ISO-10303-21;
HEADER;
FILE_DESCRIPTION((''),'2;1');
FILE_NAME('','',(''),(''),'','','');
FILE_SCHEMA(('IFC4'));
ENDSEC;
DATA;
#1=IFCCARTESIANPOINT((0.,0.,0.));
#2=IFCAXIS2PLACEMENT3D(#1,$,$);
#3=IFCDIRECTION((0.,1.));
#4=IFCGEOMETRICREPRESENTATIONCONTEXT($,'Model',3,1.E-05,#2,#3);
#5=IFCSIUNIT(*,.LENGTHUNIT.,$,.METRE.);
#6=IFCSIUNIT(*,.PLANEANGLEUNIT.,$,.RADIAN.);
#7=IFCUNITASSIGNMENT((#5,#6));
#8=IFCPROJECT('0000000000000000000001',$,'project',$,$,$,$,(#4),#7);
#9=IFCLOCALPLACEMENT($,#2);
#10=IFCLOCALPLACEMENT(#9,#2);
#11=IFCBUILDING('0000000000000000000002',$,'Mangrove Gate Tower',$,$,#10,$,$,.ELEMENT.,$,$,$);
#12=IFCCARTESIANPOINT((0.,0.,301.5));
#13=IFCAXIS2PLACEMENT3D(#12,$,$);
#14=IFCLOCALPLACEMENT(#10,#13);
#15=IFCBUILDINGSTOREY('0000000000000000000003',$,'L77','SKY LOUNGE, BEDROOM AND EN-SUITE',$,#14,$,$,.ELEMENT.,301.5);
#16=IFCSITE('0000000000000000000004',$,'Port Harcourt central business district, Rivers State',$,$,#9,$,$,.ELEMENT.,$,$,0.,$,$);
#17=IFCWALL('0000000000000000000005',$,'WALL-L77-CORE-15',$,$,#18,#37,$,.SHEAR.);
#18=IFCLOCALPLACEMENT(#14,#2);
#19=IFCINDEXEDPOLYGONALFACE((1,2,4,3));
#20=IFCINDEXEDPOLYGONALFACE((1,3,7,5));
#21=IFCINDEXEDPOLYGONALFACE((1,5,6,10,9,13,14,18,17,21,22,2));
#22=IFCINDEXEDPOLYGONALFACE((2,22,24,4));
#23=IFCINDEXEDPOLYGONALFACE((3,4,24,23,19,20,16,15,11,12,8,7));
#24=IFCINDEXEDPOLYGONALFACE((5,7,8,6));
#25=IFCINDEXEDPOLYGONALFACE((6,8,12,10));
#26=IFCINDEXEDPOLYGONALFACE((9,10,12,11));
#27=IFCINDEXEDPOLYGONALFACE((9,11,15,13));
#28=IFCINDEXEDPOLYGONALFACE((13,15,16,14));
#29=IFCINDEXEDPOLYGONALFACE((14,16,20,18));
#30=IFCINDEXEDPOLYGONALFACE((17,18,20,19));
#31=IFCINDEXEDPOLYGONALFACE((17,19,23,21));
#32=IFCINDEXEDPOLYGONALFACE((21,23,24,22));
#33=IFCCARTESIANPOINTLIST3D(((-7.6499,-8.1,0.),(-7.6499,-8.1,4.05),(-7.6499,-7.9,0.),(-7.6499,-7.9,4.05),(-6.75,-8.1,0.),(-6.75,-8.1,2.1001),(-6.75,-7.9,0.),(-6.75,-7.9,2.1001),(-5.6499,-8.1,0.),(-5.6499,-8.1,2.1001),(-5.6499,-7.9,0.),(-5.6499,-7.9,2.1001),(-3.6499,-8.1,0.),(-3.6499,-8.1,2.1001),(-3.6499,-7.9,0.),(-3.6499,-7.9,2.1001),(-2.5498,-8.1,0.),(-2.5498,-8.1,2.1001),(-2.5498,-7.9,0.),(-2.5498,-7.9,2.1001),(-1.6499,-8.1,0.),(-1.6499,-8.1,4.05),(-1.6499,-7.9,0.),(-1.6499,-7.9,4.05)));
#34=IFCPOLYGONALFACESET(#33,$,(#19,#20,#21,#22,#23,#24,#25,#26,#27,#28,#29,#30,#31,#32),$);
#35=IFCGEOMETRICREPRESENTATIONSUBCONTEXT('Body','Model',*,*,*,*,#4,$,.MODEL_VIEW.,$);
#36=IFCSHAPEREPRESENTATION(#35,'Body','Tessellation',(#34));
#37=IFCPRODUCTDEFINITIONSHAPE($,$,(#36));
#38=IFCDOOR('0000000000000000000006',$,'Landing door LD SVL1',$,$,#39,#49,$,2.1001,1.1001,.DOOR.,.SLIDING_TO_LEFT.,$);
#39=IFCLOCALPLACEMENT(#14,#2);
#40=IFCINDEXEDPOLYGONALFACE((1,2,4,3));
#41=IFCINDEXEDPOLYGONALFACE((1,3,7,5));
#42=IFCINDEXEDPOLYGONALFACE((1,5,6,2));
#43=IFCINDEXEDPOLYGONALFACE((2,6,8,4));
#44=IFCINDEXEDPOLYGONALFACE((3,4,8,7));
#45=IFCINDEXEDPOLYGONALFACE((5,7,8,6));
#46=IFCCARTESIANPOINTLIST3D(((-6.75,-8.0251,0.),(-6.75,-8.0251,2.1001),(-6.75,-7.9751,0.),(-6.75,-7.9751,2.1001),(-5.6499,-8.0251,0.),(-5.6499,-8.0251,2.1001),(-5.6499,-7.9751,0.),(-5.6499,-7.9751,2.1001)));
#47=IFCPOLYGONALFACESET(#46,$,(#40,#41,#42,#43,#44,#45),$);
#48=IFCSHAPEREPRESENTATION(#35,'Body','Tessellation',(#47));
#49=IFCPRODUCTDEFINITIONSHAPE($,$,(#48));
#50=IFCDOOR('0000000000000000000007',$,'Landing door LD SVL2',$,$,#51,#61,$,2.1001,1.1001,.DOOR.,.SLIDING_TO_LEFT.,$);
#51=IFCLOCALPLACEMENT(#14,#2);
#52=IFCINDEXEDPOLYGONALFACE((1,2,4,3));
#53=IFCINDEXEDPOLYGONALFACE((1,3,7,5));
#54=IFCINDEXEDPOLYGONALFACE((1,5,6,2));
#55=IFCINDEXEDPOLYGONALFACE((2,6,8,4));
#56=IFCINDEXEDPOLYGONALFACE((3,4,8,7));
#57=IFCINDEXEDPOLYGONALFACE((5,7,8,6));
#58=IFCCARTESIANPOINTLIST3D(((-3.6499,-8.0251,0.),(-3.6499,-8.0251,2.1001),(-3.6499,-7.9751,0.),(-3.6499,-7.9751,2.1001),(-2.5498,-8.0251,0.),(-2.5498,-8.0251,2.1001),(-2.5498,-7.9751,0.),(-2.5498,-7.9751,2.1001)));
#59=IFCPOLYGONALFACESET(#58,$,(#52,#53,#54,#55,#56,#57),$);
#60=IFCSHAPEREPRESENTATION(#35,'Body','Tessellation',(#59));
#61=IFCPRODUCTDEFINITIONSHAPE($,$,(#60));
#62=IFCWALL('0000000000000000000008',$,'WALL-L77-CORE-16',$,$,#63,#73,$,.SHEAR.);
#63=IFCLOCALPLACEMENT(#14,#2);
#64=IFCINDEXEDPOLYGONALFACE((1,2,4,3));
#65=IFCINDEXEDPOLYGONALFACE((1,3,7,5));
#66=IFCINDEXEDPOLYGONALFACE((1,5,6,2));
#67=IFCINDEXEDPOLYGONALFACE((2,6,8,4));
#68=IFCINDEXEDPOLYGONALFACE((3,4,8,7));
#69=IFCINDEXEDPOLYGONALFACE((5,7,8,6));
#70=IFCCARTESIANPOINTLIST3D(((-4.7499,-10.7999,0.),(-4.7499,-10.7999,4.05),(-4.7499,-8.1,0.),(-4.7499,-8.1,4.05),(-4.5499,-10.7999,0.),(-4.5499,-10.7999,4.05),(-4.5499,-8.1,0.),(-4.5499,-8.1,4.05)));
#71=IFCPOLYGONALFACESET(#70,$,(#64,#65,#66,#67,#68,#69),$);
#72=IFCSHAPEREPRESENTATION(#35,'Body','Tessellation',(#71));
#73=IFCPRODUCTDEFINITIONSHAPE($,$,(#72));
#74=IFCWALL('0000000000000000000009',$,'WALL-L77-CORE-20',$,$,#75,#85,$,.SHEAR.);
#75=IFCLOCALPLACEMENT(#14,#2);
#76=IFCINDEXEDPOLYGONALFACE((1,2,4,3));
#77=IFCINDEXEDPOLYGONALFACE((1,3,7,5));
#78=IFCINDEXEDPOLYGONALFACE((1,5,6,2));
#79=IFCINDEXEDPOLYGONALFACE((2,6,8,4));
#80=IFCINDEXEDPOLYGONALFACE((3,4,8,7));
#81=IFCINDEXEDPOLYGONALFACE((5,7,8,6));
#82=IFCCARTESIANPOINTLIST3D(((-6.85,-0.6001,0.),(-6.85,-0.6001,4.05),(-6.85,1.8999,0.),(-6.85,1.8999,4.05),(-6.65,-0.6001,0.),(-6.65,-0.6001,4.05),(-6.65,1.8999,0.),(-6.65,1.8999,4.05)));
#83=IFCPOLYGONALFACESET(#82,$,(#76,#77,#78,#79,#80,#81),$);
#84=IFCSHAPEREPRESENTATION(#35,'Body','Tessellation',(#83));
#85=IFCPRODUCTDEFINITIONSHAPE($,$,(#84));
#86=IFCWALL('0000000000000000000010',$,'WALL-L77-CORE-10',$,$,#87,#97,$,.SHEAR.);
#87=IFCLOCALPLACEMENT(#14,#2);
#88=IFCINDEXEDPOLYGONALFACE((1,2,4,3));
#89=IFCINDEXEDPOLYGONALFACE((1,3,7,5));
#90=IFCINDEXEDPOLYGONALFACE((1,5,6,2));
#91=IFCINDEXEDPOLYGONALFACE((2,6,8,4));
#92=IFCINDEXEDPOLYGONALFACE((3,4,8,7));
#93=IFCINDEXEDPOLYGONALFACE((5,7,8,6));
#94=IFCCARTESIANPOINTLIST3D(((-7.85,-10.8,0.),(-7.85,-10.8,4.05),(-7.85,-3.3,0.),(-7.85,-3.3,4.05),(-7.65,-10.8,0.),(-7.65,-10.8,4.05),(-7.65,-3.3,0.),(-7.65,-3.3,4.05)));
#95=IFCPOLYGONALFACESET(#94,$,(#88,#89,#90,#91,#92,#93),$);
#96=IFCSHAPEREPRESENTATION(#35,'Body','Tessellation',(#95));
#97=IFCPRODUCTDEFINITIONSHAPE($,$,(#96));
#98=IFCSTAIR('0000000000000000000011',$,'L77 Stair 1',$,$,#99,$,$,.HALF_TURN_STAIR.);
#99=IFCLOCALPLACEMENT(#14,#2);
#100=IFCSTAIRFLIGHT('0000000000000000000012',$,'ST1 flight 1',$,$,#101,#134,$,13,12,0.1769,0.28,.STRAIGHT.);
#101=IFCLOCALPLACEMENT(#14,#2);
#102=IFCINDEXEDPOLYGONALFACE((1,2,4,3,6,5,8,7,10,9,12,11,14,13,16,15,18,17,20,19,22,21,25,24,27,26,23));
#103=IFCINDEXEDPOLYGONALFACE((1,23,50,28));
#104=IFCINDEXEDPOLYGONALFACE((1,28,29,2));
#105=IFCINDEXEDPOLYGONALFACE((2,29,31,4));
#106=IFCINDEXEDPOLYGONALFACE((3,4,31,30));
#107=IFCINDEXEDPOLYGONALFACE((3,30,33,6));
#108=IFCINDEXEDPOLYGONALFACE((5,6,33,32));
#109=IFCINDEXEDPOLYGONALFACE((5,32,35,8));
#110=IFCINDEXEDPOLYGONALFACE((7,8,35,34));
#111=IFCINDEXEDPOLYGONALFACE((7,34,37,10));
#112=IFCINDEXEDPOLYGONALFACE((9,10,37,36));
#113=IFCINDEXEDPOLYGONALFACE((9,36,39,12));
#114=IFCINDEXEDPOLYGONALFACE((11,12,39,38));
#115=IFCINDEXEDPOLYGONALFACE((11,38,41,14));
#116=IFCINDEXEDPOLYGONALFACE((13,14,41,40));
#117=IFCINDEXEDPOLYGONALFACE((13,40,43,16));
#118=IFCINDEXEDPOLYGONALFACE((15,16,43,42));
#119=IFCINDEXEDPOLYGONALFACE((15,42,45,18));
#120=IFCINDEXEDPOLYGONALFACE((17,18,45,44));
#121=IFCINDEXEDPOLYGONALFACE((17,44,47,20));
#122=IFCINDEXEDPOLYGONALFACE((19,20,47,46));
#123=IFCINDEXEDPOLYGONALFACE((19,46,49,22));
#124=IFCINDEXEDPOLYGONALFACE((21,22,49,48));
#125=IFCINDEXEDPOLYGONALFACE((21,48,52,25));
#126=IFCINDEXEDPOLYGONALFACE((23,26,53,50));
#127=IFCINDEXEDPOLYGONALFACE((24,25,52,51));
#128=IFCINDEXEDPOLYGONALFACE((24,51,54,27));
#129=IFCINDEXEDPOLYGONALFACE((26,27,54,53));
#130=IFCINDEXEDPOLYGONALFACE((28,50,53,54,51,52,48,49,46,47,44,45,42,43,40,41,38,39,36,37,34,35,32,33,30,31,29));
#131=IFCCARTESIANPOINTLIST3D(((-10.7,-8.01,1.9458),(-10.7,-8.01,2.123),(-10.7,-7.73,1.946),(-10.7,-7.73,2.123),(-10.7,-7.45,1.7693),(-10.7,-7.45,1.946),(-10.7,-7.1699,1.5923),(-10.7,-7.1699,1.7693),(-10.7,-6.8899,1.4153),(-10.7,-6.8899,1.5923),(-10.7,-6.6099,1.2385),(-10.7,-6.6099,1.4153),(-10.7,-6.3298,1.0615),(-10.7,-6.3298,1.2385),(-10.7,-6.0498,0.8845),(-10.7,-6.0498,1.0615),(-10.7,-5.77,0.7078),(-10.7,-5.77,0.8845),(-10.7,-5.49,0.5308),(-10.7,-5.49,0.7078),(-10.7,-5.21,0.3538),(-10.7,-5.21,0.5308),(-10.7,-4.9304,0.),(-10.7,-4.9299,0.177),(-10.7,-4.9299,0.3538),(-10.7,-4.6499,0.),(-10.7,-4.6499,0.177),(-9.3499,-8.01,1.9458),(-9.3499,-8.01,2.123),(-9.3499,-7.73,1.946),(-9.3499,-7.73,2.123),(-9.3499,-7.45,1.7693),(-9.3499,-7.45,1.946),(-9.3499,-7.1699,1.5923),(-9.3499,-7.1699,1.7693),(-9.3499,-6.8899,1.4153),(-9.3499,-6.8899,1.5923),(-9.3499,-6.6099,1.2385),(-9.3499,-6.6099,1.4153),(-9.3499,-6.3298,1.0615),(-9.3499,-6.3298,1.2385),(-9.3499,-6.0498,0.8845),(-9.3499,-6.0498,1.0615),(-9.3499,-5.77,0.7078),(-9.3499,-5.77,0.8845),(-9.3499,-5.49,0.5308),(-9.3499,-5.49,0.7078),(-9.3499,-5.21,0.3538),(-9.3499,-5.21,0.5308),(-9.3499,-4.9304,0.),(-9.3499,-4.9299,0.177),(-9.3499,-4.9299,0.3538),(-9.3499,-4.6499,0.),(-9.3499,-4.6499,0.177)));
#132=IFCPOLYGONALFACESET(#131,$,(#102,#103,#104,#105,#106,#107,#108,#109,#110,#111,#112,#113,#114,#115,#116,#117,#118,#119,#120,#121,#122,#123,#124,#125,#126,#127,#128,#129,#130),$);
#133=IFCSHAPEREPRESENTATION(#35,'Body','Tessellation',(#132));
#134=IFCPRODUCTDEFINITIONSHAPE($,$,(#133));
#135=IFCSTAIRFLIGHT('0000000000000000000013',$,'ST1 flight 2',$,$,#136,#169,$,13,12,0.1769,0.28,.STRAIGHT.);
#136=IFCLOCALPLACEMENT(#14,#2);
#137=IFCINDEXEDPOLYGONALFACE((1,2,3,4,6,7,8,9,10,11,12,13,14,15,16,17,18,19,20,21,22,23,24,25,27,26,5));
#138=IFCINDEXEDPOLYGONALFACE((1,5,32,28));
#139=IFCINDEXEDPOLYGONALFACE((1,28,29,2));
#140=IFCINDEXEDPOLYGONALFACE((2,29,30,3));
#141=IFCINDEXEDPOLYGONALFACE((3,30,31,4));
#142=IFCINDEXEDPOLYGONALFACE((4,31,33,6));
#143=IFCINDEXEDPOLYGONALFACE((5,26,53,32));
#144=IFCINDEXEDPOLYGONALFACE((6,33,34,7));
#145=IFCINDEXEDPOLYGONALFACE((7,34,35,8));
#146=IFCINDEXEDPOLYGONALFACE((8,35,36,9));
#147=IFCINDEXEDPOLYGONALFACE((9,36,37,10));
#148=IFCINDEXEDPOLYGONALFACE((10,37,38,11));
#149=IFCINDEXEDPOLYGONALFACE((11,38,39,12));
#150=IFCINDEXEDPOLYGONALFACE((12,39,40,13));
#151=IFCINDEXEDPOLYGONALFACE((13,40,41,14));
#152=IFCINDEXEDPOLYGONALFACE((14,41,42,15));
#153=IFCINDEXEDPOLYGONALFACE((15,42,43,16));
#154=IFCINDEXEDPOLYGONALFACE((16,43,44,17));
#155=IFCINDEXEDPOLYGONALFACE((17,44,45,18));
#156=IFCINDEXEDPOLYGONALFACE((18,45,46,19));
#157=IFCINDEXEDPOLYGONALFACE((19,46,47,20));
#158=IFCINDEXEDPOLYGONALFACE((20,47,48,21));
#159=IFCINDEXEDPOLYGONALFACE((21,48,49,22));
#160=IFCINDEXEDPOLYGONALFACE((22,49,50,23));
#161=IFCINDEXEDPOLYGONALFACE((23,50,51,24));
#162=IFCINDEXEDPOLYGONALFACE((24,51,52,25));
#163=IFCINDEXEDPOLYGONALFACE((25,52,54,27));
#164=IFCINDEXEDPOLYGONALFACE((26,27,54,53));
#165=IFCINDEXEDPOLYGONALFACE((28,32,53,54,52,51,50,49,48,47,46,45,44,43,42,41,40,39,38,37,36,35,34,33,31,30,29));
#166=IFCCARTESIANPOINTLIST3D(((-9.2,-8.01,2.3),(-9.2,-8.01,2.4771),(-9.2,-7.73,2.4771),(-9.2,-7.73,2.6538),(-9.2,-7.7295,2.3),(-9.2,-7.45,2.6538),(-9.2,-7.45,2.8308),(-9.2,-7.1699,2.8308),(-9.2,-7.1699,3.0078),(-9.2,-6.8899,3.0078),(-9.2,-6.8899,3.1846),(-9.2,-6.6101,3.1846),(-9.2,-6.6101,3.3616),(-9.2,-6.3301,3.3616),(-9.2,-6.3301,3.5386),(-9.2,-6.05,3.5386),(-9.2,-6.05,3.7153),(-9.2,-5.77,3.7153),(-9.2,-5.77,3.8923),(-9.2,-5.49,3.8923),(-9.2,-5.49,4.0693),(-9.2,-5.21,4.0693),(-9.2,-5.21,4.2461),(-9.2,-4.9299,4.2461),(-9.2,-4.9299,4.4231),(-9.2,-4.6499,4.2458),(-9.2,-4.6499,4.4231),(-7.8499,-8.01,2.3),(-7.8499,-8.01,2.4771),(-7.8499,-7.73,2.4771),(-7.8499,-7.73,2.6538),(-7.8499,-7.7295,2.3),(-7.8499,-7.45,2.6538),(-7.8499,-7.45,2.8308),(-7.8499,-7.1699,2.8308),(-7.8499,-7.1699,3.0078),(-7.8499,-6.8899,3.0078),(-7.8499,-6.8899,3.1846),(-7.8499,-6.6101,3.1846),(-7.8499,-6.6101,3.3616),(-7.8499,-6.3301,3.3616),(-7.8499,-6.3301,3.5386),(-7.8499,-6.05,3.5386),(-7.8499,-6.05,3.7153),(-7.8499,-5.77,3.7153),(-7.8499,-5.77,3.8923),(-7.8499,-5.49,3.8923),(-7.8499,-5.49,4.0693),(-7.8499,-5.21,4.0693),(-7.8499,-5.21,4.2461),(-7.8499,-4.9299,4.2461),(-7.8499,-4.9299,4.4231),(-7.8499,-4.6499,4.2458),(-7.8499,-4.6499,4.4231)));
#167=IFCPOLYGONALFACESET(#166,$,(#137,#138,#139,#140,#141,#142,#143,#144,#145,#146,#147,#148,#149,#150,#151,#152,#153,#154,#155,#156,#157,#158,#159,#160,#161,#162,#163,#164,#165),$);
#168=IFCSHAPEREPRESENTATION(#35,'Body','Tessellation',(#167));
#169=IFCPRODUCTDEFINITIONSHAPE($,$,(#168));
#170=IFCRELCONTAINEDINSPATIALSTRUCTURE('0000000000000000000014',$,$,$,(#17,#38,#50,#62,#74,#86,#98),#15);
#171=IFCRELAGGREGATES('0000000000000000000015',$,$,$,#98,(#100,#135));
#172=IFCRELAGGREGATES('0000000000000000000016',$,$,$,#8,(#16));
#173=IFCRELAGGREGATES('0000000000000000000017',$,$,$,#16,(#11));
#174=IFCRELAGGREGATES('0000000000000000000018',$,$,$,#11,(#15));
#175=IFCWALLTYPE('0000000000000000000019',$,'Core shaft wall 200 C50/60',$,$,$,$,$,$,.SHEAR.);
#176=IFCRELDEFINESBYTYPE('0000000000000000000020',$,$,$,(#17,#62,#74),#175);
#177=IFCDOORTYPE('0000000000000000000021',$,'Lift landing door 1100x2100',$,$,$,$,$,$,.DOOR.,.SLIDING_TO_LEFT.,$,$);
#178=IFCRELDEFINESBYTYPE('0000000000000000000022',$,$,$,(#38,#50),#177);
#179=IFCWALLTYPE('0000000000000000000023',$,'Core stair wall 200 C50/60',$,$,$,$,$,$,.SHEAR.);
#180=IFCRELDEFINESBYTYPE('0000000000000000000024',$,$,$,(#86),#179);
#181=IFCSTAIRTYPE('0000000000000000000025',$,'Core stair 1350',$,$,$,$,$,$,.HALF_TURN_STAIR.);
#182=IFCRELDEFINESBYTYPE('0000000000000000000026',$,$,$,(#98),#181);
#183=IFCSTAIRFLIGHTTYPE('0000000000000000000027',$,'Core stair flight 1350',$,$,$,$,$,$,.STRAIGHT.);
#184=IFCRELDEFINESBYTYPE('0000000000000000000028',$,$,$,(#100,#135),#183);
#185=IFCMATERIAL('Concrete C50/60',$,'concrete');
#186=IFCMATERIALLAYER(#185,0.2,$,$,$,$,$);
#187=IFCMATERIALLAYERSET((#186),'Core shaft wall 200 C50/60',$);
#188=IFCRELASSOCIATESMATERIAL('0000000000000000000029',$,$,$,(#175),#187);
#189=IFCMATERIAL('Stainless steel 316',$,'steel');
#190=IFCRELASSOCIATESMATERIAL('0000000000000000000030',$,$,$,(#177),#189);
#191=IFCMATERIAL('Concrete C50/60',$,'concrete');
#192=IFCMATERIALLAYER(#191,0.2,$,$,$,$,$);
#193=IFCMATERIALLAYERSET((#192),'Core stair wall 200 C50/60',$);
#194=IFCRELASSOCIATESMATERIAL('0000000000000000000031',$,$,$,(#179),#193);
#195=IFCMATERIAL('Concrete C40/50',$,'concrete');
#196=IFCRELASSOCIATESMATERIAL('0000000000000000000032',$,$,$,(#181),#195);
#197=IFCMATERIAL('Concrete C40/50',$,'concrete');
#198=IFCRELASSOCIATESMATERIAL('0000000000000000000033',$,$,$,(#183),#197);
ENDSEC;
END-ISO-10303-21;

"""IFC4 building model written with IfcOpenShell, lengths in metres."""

from ifc_helpers import new_model, si_unit, direction, frame, frame_2d, origin, place, context, subcontext, project, spatial, polyline, rectangle, outline, extrude, material, layer, layer_set, type_object, element, fill, aggregate, save


model = new_model("IFC4")

# Units and contexts
model_context = context("Model", 3, precision=1e-05, world=origin(), true_north=direction((0.0, 1.0)))
body_context = subcontext(model_context, "Body", "Model", "MODEL_VIEW")
ifc_project = project(units=[si_unit("LENGTHUNIT", "METRE"), si_unit("PLANEANGLEUNIT", "RADIAN")], contexts=[model_context])

# Site, building, storey
site_placement = place(None, origin())
site = spatial("IfcSite", under=ifc_project, at=site_placement, Name="Port Harcourt central business district, Rivers State", CompositionType="ELEMENT", RefElevation=0.0)
building_placement = place(site_placement, origin())
building = spatial("IfcBuilding", under=site, at=building_placement, Name="Mangrove Gate Tower", CompositionType="ELEMENT")
storey_placement = place(building_placement, frame((0.0, 0.0, 301.5)))
storey = spatial("IfcBuildingStorey", under=building, at=storey_placement, Name="L77", Description="SKY LOUNGE, BEDROOM AND EN-SUITE", CompositionType="ELEMENT", Elevation=301.5)

# Wall, openings, doors
ifc_material_1 = material(Name="Concrete C50/60", Category="concrete")
ifc_layer_1 = layer(ifc_material_1, 0.2)
ifc_layer_set_1 = layer_set([ifc_layer_1], Name="Core shaft wall 200 C50/60")
wall_type_1 = type_object("IfcWallType", Name="Core shaft wall 200 C50/60", PredefinedType="SHEAR", material=ifc_layer_set_1)
wall_1_placement = place(storey_placement, frame((-7.6499, -8.0, 0.0), z_axis=(0.0, 0.0, 1.0), x_axis=(1.0, 0.0, 0.0)))
wall_1 = element("IfcWall", 1, at=wall_1_placement, inside=storey, type_object=wall_type_1, Name="WALL-L77-CORE-15", PredefinedType="SHEAR", context=body_context, shape_type="SweptSolid", body=[
    extrude(rectangle(XDim=6.0, YDim=0.2, at=frame_2d((3.0, 0.0))), origin(), (0.0, 0.0, 1.0), 4.05),
])
opening_1_placement = place(wall_1_placement, frame((0.8999, 0.0, 0.0)))
opening_1 = element("IfcOpeningElement", 2, at=opening_1_placement, cuts=wall_1, PredefinedType="OPENING", context=body_context, shape_type="SweptSolid", body=[
    extrude(rectangle(XDim=1.1001, YDim=2.1001, at=frame_2d((0.55, 1.05))), frame((0.0, 0.1099, 0.0), z_axis=(0.0, -1.0, 0.0), x_axis=(1.0, 0.0, 0.0)), (0.0, 0.0, 1.0), 0.22),
])
opening_2_placement = place(wall_1_placement, frame((4.0, 0.0, 0.0)))
opening_2 = element("IfcOpeningElement", 3, at=opening_2_placement, cuts=wall_1, PredefinedType="OPENING", context=body_context, shape_type="SweptSolid", body=[
    extrude(rectangle(XDim=1.1001, YDim=2.1001, at=frame_2d((0.55, 1.05))), frame((0.0, 0.1099, 0.0), z_axis=(0.0, -1.0, 0.0), x_axis=(1.0, 0.0, 0.0)), (0.0, 0.0, 1.0), 0.22),
])
ifc_material_2 = material(Name="Stainless steel 316", Category="steel")
door_type = type_object("IfcDoorType", Name="Lift landing door 1100x2100", OperationType="SLIDING_TO_LEFT", PredefinedType="DOOR", material=ifc_material_2)
door_1_placement = place(opening_1_placement, origin())
door_1 = element("IfcDoor", 4, at=door_1_placement, inside=storey, type_object=door_type, Name="Landing door LD SVL1", OperationType="SLIDING_TO_LEFT", OverallHeight=2.1001, OverallWidth=1.1001, PredefinedType="DOOR", context=body_context, shape_type="SweptSolid", body=[
    extrude(rectangle(XDim=1.1001, YDim=2.1001, at=frame_2d((0.55, 1.05))), frame((0.0, 0.0249, 0.0), z_axis=(0.0, -1.0, 0.0), x_axis=(1.0, 0.0, 0.0)), (0.0, 0.0, 1.0), 0.05),
])
fill(opening_1, door_1)
door_2_placement = place(opening_2_placement, origin())
door_2 = element("IfcDoor", 5, at=door_2_placement, inside=storey, type_object=door_type, Name="Landing door LD SVL2", OperationType="SLIDING_TO_LEFT", OverallHeight=2.1001, OverallWidth=1.1001, PredefinedType="DOOR", context=body_context, shape_type="SweptSolid", body=[
    extrude(rectangle(XDim=1.1001, YDim=2.1001, at=frame_2d((0.55, 1.05))), frame((0.0, 0.0249, 0.0), z_axis=(0.0, -1.0, 0.0), x_axis=(1.0, 0.0, 0.0)), (0.0, 0.0, 1.0), 0.05),
])
fill(opening_2, door_2)

# Walls
wall_2_placement = place(storey_placement, frame((-4.6499, -10.8, 0.0), z_axis=(0.0, 0.0, 1.0), x_axis=(0.0, 1.0, 0.0)))
element("IfcWall", 6, at=wall_2_placement, inside=storey, type_object=wall_type_1, Name="WALL-L77-CORE-16", PredefinedType="SHEAR", context=body_context, shape_type="SweptSolid", body=[
    extrude(rectangle(XDim=2.7, YDim=0.2, at=frame_2d((1.3501, 0.0))), origin(), (0.0, 0.0, 1.0), 4.05),
])
wall_3_placement = place(storey_placement, frame((-6.75, -0.6001, 0.0), z_axis=(0.0, 0.0, 1.0), x_axis=(0.0, 1.0, 0.0)))
element("IfcWall", 7, at=wall_3_placement, inside=storey, type_object=wall_type_1, Name="WALL-L77-CORE-20", PredefinedType="SHEAR", context=body_context, shape_type="SweptSolid", body=[
    extrude(rectangle(XDim=2.5, YDim=0.2, at=frame_2d((1.25, 0.0))), origin(), (0.0, 0.0, 1.0), 4.05),
])
ifc_material_3 = material(Name="Concrete C50/60", Category="concrete")
ifc_layer_2 = layer(ifc_material_3, 0.2)
ifc_layer_set_2 = layer_set([ifc_layer_2], Name="Core stair wall 200 C50/60")
wall_type_2 = type_object("IfcWallType", Name="Core stair wall 200 C50/60", PredefinedType="SHEAR", material=ifc_layer_set_2)
wall_4_placement = place(storey_placement, frame((-7.75, -10.8, 0.0), z_axis=(0.0, 0.0, 1.0), x_axis=(0.0, 1.0, 0.0)))
element("IfcWall", 8, at=wall_4_placement, inside=storey, type_object=wall_type_2, Name="WALL-L77-CORE-10", PredefinedType="SHEAR", context=body_context, shape_type="SweptSolid", body=[
    extrude(rectangle(XDim=7.5, YDim=0.2, at=frame_2d((3.75, 0.0))), origin(), (0.0, 0.0, 1.0), 4.05),
])

# Stair, stair flights
ifc_material_4 = material(Name="Concrete C40/50", Category="concrete")
stair_type = type_object("IfcStairType", Name="Core stair 1350", PredefinedType="HALF_TURN_STAIR", material=ifc_material_4)
stair_placement = place(storey_placement, origin())
stair = element("IfcStair", 9, at=stair_placement, inside=storey, type_object=stair_type, Name="L77 Stair 1", PredefinedType="HALF_TURN_STAIR")
ifc_material_5 = material(Name="Concrete C40/50", Category="concrete")
stair_flight_type = type_object("IfcStairFlightType", Name="Core stair flight 1350", PredefinedType="STRAIGHT", material=ifc_material_5)
stair_flight_1_placement = place(storey_placement, frame((-10.0249, -4.6499, 0.0), z_axis=(0.0, 0.0, 1.0), x_axis=(0.0, -1.0, 0.0)))
stair_flight_1 = element("IfcStairFlight", 10, at=stair_flight_1_placement, type_object=stair_flight_type, Name="ST1 flight 1", NumberOfRisers=13, NumberOfTreads=12, PredefinedType="STRAIGHT", RiserHeight=0.1769, TreadLength=0.28, context=body_context, shape_type="SweptSolid", body=[
    extrude(outline(polyline([(0.0, 0.0), (0.0, 0.177), (0.28, 0.177), (0.28, 0.3538), (0.5601, 0.3538), (0.5601, 0.5308), (0.8401, 0.5308), (0.8401, 0.7078), (1.1201, 0.7078), (1.1201, 0.8845), (1.3999, 0.8845), (1.3999, 1.0615), (1.6799, 1.0615), (1.6799, 1.2385), (1.96, 1.2385), (1.96, 1.4153), (2.24, 1.4153), (2.24, 1.5923), (2.52, 1.5923), (2.52, 1.7693), (2.8, 1.7693), (2.8, 1.946), (3.0801, 1.946), (3.0801, 2.123), (3.3601, 2.123), (3.3601, 2.3), (3.3601, 1.9458), (0.2805, 0.0), (0.0, 0.0)])), frame((0.0, 0.675, 0.0), z_axis=(0.0, -1.0, 0.0), x_axis=(1.0, 0.0, 0.0)), (0.0, 0.0, 1.0), 1.3501),
])
stair_flight_2_placement = place(storey_placement, frame((-8.5249, -8.01, 2.3), z_axis=(0.0, 0.0, 1.0), x_axis=(0.0, 1.0, 0.0)))
stair_flight_2 = element("IfcStairFlight", 11, at=stair_flight_2_placement, type_object=stair_flight_type, Name="ST1 flight 2", NumberOfRisers=13, NumberOfTreads=12, PredefinedType="STRAIGHT", RiserHeight=0.1769, TreadLength=0.28, context=body_context, shape_type="SweptSolid", body=[
    extrude(outline(polyline([(0.0, 0.0), (0.0, 0.177), (0.28, 0.177), (0.28, 0.3538), (0.5601, 0.3538), (0.5601, 0.5308), (0.8401, 0.5308), (0.8401, 0.7078), (1.1201, 0.7078), (1.1201, 0.8845), (1.3999, 0.8845), (1.3999, 1.0615), (1.6799, 1.0615), (1.6799, 1.2385), (1.96, 1.2385), (1.96, 1.4153), (2.24, 1.4153), (2.24, 1.5923), (2.52, 1.5923), (2.52, 1.7693), (2.8, 1.7693), (2.8, 1.946), (3.0801, 1.946), (3.0801, 2.123), (3.3601, 2.123), (3.3601, 2.3), (3.3601, 1.9458), (0.2805, 0.0), (0.0, 0.0)])), frame((0.0, 0.675, 0.0), z_axis=(0.0, -1.0, 0.0), x_axis=(1.0, 0.0, 0.0)), (0.0, 0.0, 1.0), 1.3501),
])
aggregate(stair, [stair_flight_1, stair_flight_2])

save(model, "model.ifc")
